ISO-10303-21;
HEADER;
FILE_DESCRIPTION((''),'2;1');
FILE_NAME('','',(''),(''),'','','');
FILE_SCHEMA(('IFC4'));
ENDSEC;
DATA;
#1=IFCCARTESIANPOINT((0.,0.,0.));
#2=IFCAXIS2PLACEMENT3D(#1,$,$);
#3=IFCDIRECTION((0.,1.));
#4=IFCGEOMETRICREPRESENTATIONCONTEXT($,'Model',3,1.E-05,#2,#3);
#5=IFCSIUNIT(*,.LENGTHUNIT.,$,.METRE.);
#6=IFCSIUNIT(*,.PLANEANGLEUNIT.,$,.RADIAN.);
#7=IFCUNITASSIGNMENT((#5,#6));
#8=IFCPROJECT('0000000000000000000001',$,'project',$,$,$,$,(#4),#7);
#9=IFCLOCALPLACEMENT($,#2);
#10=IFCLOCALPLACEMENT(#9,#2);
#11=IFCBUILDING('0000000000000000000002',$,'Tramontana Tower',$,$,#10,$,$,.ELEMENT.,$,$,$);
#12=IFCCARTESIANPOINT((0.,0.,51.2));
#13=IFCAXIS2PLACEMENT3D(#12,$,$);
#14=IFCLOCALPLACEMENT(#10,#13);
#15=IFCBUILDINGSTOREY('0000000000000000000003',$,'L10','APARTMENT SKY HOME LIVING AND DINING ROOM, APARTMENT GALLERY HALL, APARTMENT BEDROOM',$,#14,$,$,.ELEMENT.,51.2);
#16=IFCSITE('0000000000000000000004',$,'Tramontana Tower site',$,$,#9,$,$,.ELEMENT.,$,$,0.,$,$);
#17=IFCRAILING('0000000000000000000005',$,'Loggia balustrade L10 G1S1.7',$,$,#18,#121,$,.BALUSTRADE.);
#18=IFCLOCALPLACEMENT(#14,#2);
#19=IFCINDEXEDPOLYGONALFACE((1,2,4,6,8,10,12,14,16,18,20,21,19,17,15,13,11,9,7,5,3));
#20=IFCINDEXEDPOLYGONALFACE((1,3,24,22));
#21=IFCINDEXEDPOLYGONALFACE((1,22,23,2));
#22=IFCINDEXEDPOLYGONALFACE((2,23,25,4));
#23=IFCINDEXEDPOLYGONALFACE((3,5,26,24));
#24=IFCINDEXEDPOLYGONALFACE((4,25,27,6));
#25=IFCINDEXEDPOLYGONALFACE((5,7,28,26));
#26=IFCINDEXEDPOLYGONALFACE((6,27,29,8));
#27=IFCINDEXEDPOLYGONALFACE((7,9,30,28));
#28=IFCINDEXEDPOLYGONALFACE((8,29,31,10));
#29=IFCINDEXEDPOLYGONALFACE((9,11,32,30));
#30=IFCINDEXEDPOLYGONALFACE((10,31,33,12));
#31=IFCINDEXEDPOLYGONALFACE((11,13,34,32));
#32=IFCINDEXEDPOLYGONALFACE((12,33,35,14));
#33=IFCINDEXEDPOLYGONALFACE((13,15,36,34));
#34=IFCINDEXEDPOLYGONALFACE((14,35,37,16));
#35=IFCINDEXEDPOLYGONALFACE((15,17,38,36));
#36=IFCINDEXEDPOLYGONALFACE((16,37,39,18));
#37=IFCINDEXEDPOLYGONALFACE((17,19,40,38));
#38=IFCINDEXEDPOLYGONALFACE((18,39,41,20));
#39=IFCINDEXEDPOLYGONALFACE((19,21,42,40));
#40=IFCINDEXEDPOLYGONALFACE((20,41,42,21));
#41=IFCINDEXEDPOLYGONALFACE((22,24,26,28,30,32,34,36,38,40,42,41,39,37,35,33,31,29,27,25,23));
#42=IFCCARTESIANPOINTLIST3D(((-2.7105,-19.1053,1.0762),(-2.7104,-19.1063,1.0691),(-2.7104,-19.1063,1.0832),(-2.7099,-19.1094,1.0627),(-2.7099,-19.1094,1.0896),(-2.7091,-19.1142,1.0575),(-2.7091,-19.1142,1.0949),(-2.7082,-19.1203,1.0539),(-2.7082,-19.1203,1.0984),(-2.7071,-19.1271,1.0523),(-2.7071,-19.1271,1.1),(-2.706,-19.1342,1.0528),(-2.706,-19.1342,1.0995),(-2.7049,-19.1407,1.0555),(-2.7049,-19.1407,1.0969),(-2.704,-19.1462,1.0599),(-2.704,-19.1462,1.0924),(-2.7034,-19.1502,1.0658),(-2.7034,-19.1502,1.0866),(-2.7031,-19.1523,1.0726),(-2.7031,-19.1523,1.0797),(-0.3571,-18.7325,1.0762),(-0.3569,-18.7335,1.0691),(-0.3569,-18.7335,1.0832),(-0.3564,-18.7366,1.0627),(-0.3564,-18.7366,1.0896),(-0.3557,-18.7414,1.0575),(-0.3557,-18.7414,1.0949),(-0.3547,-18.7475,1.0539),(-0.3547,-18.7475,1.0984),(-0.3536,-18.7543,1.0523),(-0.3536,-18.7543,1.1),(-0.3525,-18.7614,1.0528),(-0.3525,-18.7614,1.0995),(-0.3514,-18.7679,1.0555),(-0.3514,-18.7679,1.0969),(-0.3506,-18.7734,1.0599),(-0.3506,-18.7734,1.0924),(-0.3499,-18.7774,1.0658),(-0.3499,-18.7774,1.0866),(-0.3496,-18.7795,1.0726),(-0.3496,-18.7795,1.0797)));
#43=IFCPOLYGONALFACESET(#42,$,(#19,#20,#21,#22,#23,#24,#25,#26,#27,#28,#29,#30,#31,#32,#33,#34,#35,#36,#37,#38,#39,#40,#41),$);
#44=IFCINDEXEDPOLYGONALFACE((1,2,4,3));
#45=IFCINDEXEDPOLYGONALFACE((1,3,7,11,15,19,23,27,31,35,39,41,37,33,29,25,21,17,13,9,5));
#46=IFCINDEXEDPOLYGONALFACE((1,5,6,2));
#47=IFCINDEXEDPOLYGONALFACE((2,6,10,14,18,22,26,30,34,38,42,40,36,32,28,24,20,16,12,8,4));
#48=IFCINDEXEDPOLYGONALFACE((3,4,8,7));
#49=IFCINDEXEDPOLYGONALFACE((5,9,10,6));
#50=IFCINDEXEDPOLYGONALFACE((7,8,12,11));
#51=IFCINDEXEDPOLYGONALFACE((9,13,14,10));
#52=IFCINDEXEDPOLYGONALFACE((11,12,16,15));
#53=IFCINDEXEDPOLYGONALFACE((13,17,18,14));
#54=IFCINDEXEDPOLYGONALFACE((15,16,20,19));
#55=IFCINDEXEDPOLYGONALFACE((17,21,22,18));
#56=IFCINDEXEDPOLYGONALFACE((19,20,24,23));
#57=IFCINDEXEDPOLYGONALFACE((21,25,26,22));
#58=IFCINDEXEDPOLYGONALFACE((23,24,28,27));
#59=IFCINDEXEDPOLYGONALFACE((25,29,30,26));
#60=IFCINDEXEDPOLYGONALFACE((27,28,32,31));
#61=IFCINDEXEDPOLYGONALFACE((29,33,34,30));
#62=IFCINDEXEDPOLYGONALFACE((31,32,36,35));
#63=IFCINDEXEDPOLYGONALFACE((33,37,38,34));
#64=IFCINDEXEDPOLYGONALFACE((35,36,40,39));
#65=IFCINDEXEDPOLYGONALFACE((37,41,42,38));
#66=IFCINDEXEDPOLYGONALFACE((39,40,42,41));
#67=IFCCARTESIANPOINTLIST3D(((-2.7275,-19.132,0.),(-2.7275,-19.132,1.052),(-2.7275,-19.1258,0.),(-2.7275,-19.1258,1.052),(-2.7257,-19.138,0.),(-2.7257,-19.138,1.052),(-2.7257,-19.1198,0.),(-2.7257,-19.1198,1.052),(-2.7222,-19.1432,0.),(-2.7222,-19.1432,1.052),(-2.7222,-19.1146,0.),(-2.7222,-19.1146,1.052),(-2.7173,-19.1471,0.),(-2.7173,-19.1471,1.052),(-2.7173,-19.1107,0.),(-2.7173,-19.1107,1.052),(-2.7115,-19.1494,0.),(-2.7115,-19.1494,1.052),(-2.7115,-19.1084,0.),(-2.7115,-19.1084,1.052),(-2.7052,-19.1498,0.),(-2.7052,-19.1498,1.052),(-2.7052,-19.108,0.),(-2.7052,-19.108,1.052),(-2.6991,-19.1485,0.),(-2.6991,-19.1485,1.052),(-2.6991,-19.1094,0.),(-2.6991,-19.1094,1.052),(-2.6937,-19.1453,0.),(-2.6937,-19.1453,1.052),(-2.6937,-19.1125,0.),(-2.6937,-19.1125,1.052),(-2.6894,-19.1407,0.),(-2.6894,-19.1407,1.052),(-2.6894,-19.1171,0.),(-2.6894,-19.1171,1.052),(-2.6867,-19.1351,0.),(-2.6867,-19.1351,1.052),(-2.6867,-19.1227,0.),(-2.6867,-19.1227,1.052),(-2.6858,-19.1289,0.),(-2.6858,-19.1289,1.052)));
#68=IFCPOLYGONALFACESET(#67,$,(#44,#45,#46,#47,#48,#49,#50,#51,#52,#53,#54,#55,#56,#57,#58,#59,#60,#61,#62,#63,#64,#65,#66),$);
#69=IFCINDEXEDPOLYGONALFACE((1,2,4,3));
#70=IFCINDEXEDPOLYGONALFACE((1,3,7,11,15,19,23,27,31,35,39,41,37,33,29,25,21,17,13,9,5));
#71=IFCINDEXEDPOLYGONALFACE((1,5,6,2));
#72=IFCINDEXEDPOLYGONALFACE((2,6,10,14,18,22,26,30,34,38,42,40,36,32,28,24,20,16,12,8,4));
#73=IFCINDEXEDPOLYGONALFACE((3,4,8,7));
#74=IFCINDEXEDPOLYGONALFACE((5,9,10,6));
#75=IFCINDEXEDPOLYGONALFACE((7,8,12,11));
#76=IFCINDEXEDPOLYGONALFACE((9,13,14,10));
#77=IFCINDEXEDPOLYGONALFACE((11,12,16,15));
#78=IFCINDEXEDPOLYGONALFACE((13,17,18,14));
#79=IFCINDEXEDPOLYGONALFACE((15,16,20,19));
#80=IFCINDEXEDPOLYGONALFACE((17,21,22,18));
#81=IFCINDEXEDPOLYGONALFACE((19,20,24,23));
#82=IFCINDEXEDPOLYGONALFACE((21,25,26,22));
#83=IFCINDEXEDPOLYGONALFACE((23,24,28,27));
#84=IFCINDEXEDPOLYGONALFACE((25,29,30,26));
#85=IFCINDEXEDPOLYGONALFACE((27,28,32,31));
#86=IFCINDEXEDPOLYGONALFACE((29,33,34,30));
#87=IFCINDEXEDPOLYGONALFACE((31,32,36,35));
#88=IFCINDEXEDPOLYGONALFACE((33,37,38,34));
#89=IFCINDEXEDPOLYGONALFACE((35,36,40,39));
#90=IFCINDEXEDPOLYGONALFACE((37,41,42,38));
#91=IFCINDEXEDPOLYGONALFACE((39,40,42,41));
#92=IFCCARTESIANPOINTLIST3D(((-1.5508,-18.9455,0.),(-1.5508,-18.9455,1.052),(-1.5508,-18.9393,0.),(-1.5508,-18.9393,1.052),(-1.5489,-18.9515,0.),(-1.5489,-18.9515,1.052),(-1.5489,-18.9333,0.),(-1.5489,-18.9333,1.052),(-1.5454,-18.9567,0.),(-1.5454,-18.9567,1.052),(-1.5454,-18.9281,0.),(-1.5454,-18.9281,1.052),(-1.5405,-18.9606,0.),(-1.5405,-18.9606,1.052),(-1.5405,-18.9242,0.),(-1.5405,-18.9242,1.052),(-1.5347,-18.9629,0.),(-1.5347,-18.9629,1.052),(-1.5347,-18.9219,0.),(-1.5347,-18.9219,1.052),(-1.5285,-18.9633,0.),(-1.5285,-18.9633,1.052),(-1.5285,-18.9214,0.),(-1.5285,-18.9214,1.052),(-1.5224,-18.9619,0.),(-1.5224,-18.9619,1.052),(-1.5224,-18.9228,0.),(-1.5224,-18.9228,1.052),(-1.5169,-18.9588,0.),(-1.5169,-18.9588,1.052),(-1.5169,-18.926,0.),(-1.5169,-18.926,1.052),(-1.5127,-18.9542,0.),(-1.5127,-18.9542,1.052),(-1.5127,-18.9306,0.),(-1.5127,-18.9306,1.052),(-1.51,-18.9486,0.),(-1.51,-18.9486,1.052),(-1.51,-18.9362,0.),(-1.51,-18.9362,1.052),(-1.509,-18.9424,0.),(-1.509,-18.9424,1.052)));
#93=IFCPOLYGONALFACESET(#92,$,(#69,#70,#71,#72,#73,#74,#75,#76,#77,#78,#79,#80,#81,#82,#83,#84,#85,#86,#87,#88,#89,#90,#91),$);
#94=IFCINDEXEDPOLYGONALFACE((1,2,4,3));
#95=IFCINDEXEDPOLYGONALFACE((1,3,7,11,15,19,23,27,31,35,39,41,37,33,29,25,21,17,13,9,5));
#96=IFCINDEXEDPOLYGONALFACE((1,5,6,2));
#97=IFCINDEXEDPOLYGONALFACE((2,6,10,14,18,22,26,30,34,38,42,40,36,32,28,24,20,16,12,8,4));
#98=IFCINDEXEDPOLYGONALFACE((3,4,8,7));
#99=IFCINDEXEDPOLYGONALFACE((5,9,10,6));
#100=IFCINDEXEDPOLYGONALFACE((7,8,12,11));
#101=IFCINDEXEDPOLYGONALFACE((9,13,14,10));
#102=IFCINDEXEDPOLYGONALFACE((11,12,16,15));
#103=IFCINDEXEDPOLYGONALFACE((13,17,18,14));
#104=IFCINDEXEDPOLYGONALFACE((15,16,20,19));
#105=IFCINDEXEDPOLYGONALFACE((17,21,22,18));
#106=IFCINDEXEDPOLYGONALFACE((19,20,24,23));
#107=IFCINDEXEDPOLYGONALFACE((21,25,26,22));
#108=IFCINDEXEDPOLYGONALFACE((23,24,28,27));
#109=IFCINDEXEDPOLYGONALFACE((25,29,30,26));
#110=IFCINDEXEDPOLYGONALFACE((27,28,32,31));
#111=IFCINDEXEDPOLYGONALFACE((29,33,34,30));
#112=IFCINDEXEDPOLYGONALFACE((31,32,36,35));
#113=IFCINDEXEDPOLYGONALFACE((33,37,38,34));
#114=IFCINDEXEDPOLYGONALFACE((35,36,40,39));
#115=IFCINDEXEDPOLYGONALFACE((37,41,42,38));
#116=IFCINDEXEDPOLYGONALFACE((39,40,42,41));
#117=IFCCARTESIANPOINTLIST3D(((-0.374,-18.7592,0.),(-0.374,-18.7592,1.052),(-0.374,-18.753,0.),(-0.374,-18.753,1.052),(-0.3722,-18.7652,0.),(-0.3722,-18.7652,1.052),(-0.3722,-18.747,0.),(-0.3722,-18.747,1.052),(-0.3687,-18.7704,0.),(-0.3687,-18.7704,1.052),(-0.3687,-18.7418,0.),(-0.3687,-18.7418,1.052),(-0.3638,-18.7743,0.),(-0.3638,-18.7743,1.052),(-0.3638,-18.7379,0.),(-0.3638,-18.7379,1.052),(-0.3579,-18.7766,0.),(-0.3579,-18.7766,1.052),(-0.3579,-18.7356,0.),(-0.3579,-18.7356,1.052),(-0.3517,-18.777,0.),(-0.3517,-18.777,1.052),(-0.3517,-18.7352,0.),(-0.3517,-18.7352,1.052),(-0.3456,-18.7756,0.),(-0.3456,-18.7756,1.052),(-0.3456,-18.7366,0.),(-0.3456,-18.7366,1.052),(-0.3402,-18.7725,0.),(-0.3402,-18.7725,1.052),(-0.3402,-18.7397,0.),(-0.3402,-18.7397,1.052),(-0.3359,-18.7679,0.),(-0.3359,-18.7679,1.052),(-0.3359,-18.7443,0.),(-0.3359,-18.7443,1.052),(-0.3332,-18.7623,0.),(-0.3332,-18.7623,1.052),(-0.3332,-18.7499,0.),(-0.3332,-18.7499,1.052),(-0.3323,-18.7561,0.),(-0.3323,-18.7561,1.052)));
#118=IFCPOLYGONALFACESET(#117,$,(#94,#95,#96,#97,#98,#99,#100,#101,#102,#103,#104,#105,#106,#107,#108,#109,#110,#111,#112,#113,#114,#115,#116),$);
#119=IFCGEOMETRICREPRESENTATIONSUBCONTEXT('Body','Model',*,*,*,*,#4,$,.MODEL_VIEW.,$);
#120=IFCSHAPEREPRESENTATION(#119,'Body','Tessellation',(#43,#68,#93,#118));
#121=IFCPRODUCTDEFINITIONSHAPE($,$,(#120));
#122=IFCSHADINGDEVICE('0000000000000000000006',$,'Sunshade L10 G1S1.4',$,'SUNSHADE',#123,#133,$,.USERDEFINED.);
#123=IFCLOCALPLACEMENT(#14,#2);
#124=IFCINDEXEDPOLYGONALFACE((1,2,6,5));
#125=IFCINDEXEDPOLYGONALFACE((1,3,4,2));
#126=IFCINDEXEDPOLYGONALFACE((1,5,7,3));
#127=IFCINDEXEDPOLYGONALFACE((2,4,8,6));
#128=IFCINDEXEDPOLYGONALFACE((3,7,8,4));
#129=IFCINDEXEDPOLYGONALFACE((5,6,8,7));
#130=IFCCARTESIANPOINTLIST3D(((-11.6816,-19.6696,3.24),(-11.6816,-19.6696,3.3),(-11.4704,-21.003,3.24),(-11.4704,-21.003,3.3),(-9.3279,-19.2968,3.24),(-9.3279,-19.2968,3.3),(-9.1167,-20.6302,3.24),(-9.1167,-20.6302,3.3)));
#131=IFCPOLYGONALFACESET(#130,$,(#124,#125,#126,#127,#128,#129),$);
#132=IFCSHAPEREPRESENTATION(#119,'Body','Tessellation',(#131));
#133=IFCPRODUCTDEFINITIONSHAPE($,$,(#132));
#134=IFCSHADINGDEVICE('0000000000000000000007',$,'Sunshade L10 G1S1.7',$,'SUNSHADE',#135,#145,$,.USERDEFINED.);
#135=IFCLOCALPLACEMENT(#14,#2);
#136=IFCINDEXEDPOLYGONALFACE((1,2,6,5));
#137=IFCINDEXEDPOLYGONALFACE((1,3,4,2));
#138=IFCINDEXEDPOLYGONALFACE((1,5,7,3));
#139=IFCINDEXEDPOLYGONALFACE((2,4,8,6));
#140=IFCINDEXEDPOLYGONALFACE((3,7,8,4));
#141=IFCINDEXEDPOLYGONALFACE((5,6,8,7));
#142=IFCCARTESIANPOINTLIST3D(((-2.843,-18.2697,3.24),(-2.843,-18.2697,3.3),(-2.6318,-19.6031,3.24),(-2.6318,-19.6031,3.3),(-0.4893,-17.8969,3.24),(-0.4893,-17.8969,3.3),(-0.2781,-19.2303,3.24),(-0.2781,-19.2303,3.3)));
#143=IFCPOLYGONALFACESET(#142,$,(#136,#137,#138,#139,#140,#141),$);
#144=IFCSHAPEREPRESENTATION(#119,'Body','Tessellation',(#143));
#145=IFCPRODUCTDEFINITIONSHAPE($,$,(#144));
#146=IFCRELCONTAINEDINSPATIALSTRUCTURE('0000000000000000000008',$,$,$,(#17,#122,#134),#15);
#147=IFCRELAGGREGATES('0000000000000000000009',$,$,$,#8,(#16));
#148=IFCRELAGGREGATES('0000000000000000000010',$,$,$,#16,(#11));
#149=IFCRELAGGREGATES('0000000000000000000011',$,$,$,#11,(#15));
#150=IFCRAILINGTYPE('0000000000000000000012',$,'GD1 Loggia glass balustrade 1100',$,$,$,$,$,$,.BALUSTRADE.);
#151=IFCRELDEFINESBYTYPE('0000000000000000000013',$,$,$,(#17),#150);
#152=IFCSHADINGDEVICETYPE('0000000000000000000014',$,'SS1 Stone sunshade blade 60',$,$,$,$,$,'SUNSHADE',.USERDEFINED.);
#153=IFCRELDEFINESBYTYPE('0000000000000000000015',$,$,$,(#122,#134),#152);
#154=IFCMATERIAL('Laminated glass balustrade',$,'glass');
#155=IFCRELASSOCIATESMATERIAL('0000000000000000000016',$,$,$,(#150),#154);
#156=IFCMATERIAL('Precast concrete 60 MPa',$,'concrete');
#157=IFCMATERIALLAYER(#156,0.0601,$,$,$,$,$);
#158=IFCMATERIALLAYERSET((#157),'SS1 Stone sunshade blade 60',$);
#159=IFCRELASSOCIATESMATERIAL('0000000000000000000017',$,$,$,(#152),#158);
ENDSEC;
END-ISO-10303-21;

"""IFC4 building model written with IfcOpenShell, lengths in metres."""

from ifc_helpers import new_model, si_unit, direction, frame, origin, origin_2d, place, context, subcontext, project, spatial, rectangle, circle, extrude, material, layer, layer_set, type_object, element, save


model = new_model("IFC4")

# Units and contexts
model_context = context("Model", 3, precision=1e-05, world=origin(), true_north=direction((0.0, 1.0)))
body_context = subcontext(model_context, "Body", "Model", "MODEL_VIEW")
ifc_project = project(units=[si_unit("LENGTHUNIT", "METRE"), si_unit("PLANEANGLEUNIT", "RADIAN")], contexts=[model_context])

# Site, building, storey
site_placement = place(None, origin())
site = spatial("IfcSite", under=ifc_project, at=site_placement, Name="Tramontana Tower site", CompositionType="ELEMENT", RefElevation=0.0)
building_placement = place(site_placement, origin())
building = spatial("IfcBuilding", under=site, at=building_placement, Name="Tramontana Tower", CompositionType="ELEMENT")
storey_placement = place(building_placement, frame((0.0, 0.0, 51.2)))
storey = spatial("IfcBuildingStorey", under=building, at=storey_placement, Name="L10", Description="APARTMENT SKY HOME LIVING AND DINING ROOM, APARTMENT GALLERY HALL, APARTMENT BEDROOM", CompositionType="ELEMENT", Elevation=51.2)

# Railing
ifc_material_1 = material(Name="Laminated glass balustrade", Category="glass")
railing_type = type_object("IfcRailingType", Name="GD1 Loggia glass balustrade 1100", PredefinedType="BALUSTRADE", material=ifc_material_1)
railing_1_placement = place(storey_placement, frame((-2.7068, -19.1289, 0.0)))
element("IfcRailing", 1, at=railing_1_placement, inside=storey, type_object=railing_type, Name="Loggia balustrade L10 G1S1.7", PredefinedType="BALUSTRADE", context=body_context, shape_type="SweptSolid", body=[
    extrude(circle(Radius=0.0239, at=origin_2d()), frame((0.0, 0.0, 1.0762), z_axis=(0.987686, 0.156452, 0.0), x_axis=(-0.156452, 0.987686, 0.0)), (0.0, 0.0, 1.0), 2.3828),
    extrude(circle(Radius=0.021, at=origin_2d()), origin(), (0.0, 0.0, 1.0), 1.052),
    extrude(circle(Radius=0.021, at=origin_2d()), frame((1.1768, 0.1865, 0.0)), (0.0, 0.0, 1.0), 1.052),
    extrude(circle(Radius=0.021, at=origin_2d()), frame((2.3535, 0.3728, 0.0)), (0.0, 0.0, 1.0), 1.052),
])

# Shading devices
ifc_material_2 = material(Name="Precast concrete 60 MPa", Category="concrete")
ifc_layer_1 = layer(ifc_material_2, 0.0601)
ifc_layer_set_1 = layer_set([ifc_layer_1], Name="SS1 Stone sunshade blade 60")
shading_device_type = type_object("IfcShadingDeviceType", Name="SS1 Stone sunshade blade 60", ElementType="SUNSHADE", PredefinedType="USERDEFINED", material=ifc_layer_set_1)
for number, where, z_axis, x_axis, name in (
    (2, (-10.3992, -20.1499, 3.24), (0.0, 0.0, 1.0), (0.987688, 0.156434, 0.0), "Sunshade L10 G1S1.4"),
    (3, (-1.5605, -18.75, 3.24), (0.0, 0.0, 1.0), (0.987688, 0.156434, 0.0), "Sunshade L10 G1S1.7"),
):
    element("IfcShadingDevice", number, at=place(storey_placement, frame(where, z_axis=z_axis, x_axis=x_axis)), inside=storey, type_object=shading_device_type, Name=name, ObjectType="SUNSHADE", PredefinedType="USERDEFINED", context=body_context, shape_type="SweptSolid", body=[
        extrude(rectangle(XDim=2.3831, YDim=1.3501, at=origin_2d()), origin(), (0.0, 0.0, 1.0), 0.0601),
    ])

save(model, "model.ifc")
